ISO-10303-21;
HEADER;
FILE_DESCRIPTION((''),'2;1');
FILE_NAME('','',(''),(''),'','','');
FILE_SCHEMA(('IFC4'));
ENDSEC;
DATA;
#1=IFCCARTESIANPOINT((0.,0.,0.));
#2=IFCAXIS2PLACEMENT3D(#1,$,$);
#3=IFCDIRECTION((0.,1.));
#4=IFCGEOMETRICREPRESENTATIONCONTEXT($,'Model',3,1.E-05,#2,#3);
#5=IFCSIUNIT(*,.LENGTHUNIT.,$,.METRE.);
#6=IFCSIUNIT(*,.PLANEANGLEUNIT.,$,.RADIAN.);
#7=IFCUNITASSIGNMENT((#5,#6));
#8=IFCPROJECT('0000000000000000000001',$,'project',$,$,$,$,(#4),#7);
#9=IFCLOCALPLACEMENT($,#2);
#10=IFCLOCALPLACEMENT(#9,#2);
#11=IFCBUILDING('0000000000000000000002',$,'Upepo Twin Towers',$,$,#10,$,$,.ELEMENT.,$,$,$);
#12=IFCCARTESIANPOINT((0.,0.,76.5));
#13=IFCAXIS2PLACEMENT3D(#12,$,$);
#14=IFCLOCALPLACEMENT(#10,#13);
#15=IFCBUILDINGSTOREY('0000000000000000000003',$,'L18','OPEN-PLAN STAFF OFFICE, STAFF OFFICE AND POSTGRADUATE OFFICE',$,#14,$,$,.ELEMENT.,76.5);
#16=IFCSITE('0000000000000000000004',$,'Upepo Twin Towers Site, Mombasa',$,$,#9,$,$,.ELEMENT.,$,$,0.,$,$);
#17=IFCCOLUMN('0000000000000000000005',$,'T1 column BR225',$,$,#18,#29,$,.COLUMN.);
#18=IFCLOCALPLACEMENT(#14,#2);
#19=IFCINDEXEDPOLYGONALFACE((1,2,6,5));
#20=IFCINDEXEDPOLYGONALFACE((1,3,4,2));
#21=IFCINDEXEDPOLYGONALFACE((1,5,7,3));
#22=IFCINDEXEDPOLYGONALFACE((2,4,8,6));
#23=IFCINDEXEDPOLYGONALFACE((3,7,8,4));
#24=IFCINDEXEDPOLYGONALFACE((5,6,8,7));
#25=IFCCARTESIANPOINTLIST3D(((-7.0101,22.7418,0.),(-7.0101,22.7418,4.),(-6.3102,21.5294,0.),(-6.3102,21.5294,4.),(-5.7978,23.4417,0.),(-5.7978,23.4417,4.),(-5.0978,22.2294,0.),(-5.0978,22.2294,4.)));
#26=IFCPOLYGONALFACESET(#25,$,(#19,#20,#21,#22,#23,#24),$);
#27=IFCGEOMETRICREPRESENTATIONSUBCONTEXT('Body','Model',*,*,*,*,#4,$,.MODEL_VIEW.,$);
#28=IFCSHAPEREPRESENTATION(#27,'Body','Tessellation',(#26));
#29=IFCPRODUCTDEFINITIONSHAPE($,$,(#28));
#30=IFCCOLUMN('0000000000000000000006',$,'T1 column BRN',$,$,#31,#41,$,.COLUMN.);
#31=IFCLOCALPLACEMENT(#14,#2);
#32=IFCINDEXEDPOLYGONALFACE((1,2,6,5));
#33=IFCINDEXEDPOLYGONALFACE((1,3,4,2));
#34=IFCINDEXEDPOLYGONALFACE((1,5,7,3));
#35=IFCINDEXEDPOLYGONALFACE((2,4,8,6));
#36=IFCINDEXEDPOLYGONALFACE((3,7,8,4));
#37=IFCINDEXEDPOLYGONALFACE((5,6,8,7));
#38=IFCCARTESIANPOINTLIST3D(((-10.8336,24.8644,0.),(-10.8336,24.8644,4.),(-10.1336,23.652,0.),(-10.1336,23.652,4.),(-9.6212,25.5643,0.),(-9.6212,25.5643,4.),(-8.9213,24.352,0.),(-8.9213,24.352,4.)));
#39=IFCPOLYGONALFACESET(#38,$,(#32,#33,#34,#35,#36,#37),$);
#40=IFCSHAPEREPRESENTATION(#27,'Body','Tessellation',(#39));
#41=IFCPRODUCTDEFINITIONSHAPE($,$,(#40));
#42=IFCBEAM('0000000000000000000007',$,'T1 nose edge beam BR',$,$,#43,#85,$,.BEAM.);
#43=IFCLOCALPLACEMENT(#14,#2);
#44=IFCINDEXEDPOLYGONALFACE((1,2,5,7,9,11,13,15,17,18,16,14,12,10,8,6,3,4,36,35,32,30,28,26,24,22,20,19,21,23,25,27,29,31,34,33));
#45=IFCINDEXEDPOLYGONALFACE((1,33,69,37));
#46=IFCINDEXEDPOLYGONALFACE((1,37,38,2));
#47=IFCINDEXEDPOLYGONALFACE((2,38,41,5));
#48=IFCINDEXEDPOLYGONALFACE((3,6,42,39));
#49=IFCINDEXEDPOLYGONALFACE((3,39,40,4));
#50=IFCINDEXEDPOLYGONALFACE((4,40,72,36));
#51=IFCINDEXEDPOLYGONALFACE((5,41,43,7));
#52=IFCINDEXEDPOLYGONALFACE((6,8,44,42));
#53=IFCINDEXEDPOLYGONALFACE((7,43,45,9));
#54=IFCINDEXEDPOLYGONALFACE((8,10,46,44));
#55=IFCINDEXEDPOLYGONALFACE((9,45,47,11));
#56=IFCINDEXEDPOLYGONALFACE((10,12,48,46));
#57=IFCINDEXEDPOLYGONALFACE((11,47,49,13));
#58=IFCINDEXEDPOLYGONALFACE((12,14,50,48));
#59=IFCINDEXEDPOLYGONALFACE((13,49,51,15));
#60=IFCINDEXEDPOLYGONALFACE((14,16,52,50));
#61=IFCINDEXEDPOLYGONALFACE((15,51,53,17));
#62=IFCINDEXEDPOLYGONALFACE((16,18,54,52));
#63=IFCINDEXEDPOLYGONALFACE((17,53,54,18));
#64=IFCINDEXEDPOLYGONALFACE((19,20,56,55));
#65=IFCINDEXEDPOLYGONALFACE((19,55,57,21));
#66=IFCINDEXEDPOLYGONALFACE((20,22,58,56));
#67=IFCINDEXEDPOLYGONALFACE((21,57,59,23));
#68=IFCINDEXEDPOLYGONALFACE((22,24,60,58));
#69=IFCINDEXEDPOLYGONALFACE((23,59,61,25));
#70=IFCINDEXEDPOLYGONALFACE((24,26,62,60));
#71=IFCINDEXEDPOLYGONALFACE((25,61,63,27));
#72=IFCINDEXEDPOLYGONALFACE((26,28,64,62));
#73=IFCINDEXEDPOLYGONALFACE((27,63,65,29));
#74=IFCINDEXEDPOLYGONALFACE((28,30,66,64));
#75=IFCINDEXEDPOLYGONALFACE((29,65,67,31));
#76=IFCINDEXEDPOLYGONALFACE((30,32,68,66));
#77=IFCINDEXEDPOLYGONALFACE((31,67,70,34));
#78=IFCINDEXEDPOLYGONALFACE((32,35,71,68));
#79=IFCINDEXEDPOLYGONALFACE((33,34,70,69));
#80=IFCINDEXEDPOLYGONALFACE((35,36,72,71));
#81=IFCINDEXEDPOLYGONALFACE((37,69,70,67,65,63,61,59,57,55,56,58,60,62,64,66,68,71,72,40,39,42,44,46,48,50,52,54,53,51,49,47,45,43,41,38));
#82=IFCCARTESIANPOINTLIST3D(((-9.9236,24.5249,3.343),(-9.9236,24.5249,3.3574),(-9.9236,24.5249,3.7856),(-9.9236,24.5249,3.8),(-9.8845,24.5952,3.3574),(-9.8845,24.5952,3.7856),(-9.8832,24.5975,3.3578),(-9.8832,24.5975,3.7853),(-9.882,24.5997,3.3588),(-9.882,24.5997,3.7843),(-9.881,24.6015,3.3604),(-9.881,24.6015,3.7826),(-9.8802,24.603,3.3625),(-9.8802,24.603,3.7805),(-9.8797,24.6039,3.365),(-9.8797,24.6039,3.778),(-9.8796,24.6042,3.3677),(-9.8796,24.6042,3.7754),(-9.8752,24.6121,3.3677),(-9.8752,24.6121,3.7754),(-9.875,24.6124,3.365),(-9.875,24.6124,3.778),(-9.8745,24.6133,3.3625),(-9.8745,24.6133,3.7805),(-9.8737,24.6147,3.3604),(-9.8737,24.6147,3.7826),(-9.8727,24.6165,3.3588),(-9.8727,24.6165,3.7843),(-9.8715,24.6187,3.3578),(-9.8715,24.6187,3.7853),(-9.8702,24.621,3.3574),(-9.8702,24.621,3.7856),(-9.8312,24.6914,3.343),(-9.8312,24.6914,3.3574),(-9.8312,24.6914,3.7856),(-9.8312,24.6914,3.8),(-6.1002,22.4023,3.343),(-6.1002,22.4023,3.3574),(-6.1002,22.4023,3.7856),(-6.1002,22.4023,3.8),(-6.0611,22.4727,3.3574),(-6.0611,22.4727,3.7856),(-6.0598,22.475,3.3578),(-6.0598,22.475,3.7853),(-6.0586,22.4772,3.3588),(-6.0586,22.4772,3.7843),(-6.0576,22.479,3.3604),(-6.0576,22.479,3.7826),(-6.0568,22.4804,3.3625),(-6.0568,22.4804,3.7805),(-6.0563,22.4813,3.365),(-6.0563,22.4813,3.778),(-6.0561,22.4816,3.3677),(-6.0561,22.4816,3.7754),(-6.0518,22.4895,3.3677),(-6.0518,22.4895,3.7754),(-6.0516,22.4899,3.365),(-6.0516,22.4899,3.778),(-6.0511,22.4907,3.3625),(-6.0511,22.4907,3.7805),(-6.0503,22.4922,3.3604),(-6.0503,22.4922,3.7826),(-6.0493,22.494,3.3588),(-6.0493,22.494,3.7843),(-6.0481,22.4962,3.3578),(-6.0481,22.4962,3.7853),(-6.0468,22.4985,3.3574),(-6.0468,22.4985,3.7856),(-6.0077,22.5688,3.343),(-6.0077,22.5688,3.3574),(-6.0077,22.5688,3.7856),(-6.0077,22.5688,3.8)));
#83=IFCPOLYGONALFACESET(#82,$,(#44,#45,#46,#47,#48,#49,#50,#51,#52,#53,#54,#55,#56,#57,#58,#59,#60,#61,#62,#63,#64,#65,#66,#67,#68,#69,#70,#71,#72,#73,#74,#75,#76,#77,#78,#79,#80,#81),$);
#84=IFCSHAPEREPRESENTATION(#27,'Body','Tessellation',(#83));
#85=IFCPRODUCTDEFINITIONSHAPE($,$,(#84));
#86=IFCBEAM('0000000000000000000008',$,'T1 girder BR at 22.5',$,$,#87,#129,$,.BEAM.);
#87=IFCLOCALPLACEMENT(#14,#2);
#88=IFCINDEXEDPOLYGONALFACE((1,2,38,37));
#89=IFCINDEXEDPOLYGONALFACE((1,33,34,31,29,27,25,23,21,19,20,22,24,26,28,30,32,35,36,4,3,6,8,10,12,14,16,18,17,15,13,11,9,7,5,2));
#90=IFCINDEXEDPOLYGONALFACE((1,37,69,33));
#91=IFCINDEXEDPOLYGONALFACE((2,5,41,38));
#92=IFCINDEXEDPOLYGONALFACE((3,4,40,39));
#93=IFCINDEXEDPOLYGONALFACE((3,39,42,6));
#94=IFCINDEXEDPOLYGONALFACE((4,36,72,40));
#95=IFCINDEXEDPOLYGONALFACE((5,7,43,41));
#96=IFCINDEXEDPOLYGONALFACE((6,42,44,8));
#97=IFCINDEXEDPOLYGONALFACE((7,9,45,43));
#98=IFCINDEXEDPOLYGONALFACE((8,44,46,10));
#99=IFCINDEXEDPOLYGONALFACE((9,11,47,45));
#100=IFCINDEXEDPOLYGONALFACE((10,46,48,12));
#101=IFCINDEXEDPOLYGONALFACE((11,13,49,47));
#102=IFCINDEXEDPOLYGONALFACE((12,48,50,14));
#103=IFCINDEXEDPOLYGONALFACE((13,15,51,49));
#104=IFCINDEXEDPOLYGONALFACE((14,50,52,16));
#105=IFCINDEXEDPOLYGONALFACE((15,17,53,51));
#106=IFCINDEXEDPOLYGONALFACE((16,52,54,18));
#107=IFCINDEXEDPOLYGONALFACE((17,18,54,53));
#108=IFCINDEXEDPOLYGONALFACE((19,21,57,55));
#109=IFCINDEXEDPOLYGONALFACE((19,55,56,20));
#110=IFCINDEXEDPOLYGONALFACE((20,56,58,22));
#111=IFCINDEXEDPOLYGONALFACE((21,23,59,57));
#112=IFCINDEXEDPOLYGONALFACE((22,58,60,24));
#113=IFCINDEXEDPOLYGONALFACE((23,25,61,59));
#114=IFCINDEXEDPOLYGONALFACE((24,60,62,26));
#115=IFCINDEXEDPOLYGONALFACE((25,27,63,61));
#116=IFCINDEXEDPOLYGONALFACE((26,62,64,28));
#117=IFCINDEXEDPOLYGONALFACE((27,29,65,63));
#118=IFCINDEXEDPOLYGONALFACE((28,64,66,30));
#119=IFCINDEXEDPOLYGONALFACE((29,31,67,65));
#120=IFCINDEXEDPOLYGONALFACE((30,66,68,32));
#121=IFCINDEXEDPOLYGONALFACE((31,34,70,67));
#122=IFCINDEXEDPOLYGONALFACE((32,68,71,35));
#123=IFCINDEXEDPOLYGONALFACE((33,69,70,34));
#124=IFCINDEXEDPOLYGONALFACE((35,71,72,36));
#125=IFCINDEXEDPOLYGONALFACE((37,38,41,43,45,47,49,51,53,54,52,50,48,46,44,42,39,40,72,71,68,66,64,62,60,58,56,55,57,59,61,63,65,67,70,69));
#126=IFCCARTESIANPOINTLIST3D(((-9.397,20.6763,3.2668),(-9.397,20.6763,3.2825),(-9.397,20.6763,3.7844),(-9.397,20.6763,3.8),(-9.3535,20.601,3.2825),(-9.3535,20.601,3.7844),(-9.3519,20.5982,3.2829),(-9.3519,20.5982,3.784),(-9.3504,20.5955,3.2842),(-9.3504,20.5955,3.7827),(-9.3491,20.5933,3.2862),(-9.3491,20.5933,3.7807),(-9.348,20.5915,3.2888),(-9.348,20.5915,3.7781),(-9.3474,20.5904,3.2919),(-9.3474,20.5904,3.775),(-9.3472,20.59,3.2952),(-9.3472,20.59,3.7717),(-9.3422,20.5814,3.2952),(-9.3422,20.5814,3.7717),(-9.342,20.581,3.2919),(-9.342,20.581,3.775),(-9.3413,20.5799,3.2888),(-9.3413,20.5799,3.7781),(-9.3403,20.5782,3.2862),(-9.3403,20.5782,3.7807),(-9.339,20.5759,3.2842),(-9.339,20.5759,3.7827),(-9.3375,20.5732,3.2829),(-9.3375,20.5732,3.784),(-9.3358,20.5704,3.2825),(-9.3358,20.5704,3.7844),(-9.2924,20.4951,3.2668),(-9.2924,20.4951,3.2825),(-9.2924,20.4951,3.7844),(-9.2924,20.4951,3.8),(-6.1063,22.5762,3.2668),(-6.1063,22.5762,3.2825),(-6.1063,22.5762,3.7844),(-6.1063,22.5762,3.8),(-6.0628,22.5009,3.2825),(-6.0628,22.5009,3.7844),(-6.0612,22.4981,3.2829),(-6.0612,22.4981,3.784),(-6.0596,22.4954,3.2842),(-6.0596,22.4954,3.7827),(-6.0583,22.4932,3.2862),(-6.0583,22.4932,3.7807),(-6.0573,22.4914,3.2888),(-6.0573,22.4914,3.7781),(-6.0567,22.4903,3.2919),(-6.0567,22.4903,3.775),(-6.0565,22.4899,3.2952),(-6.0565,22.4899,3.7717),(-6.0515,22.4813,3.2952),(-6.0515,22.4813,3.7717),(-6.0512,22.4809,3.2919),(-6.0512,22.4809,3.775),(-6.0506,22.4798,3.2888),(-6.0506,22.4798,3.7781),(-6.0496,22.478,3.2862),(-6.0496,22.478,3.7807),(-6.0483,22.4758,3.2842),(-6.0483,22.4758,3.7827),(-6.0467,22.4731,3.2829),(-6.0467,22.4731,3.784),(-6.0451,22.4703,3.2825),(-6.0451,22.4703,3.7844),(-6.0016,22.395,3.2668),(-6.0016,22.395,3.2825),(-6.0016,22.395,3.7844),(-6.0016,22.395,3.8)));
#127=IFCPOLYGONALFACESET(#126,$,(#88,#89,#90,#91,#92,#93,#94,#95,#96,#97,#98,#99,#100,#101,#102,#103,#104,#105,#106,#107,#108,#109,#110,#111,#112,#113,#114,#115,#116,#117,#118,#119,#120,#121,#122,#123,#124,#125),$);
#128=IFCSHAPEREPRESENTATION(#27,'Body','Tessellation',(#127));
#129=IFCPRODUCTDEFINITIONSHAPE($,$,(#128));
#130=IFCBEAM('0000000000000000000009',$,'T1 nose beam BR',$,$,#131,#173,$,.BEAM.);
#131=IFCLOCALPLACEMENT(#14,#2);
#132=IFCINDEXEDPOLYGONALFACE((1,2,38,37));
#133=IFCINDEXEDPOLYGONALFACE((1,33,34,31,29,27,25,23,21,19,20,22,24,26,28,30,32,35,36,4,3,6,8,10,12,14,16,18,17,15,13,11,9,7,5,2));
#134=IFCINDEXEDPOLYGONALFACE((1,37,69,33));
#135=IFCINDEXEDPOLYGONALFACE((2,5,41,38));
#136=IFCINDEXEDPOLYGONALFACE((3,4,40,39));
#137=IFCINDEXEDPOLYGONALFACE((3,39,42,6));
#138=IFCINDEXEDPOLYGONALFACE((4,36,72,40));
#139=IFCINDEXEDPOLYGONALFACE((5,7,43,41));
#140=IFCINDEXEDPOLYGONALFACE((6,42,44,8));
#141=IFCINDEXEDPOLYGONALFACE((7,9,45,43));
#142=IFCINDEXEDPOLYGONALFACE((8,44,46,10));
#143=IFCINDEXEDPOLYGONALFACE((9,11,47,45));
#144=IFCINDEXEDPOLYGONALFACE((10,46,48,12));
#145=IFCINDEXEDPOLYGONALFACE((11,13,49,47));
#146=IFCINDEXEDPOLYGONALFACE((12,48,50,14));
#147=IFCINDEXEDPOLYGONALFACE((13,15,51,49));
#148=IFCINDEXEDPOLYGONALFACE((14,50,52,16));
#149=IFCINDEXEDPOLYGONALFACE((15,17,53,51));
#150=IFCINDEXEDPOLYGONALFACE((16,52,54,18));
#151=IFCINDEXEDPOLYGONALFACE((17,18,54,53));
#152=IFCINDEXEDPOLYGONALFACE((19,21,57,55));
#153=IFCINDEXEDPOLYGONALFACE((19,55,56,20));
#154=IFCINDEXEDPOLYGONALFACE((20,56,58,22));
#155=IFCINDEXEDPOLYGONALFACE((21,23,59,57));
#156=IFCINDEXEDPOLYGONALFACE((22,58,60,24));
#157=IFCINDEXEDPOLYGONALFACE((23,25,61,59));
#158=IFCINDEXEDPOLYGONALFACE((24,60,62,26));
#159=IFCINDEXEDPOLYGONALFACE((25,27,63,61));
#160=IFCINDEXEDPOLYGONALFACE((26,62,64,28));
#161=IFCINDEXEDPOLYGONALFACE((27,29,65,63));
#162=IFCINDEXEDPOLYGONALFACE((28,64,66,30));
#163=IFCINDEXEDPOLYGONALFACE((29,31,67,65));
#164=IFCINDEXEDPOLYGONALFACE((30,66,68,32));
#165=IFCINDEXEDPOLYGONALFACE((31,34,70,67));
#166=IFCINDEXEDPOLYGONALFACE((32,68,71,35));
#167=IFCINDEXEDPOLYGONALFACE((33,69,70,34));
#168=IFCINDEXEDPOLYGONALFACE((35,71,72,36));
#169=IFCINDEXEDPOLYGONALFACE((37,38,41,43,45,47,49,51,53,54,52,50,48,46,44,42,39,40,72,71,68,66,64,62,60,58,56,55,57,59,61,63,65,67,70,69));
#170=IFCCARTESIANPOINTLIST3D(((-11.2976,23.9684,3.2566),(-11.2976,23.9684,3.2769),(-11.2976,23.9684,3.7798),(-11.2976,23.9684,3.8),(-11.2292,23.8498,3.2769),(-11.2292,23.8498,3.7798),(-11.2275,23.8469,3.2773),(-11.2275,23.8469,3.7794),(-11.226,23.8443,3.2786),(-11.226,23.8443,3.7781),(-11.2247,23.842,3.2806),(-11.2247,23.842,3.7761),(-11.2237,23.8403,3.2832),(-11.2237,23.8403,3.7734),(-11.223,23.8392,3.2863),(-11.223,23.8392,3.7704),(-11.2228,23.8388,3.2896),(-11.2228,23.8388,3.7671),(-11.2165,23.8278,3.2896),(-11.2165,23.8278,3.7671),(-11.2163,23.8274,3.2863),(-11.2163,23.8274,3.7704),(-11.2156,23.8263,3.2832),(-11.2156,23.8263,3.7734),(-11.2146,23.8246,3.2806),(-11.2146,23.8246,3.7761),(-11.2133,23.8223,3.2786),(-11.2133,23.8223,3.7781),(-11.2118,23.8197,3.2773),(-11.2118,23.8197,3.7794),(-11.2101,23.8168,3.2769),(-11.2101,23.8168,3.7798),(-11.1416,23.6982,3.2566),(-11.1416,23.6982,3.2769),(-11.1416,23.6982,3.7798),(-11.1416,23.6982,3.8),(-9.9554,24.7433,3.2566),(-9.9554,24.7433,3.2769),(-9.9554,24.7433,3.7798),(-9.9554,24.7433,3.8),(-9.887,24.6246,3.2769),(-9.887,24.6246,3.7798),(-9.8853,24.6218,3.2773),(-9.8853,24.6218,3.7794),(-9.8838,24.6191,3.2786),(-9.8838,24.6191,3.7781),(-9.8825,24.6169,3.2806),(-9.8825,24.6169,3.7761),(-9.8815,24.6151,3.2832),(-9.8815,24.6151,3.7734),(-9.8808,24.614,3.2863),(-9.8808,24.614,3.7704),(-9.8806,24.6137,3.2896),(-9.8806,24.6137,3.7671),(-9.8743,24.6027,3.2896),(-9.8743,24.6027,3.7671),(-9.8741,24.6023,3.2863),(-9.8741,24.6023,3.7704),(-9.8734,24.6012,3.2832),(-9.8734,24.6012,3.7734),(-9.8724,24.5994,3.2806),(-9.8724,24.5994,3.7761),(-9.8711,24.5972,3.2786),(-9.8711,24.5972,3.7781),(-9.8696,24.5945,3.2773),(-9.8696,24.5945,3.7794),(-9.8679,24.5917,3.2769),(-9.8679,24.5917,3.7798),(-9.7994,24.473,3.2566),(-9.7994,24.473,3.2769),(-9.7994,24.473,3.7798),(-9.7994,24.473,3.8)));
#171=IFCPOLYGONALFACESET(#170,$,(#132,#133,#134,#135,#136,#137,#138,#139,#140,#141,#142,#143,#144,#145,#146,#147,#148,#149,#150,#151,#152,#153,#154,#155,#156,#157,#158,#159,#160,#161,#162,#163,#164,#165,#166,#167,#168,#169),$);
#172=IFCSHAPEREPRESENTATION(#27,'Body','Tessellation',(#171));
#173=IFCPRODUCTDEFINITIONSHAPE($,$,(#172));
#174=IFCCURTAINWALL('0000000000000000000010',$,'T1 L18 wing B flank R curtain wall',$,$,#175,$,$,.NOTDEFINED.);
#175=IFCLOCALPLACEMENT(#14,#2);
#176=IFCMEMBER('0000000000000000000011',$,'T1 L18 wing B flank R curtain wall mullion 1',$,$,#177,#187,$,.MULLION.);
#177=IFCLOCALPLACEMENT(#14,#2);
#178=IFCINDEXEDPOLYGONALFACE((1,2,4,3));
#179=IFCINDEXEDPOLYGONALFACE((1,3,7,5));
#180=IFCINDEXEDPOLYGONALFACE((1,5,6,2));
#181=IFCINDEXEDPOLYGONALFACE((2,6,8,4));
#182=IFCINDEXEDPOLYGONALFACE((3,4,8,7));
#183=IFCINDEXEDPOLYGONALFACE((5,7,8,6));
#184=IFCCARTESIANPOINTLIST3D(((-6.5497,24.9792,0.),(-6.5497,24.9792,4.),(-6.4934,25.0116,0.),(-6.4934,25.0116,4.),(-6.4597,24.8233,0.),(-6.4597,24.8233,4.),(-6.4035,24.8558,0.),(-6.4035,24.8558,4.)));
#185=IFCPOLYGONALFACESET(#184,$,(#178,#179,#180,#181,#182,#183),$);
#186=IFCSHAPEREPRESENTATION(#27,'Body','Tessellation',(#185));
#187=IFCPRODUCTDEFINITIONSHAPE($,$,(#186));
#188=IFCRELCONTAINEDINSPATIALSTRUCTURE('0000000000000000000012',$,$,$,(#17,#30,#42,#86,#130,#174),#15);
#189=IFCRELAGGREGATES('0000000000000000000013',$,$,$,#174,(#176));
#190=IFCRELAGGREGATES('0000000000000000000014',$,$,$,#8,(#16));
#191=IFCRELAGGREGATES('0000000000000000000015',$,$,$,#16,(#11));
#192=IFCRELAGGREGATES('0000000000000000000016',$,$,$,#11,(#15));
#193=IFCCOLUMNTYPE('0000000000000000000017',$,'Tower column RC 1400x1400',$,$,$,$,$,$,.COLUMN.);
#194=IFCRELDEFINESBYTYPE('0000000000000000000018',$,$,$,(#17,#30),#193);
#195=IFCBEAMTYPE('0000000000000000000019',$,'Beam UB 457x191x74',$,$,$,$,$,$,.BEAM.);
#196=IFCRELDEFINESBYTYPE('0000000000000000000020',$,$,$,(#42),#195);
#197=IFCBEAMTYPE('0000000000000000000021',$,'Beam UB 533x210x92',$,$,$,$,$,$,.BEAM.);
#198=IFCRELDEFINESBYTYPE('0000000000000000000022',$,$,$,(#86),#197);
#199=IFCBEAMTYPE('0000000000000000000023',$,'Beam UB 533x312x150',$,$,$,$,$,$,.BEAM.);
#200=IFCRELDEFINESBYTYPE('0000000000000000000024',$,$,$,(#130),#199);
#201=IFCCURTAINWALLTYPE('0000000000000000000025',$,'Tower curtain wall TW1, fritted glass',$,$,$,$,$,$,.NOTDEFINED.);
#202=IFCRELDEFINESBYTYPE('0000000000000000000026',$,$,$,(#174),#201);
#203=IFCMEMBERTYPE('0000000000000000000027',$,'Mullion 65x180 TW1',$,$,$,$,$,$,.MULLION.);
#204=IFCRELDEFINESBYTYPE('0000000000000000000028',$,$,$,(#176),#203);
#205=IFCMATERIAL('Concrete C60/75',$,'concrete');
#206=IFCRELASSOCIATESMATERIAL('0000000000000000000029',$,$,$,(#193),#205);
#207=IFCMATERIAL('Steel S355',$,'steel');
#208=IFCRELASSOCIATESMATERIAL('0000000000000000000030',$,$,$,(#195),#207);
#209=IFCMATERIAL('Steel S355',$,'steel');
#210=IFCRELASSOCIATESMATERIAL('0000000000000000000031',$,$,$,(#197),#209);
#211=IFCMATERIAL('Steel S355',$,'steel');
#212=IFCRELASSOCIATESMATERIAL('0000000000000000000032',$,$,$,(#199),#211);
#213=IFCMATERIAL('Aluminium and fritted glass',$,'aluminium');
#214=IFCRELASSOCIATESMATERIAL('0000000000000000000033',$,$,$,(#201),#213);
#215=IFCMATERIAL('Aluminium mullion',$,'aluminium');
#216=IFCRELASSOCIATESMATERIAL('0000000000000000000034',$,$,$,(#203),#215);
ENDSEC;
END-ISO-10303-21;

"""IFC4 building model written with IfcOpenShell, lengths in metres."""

from ifc_helpers import new_model, si_unit, direction, frame, origin, origin_2d, place, context, subcontext, project, spatial, rectangle, i_section, extrude, material, material_profile, profile_set, type_object, element, aggregate, save


model = new_model("IFC4")

# Units and contexts
model_context = context("Model", 3, precision=1e-05, world=origin(), true_north=direction((0.0, 1.0)))
body_context = subcontext(model_context, "Body", "Model", "MODEL_VIEW")
ifc_project = project(units=[si_unit("LENGTHUNIT", "METRE"), si_unit("PLANEANGLEUNIT", "RADIAN")], contexts=[model_context])

# Site, building, storey
site_placement = place(None, origin())
site = spatial("IfcSite", under=ifc_project, at=site_placement, Name="Upepo Twin Towers Site, Mombasa", CompositionType="ELEMENT", RefElevation=0.0)
building_placement = place(site_placement, origin())
building = spatial("IfcBuilding", under=site, at=building_placement, Name="Upepo Twin Towers", CompositionType="ELEMENT")
storey_placement = place(building_placement, frame((0.0, 0.0, 76.5)))
storey = spatial("IfcBuildingStorey", under=building, at=storey_placement, Name="L18", Description="OPEN-PLAN STAFF OFFICE, STAFF OFFICE AND POSTGRADUATE OFFICE", CompositionType="ELEMENT", Elevation=76.5)

# Columns
ifc_material_1 = material(Name="Concrete C60/75", Category="concrete")
ifc_material_profile_1 = material_profile(ifc_material_1, rectangle(XDim=1.3999, YDim=1.3999, at=origin_2d()), Name="RC 1400x1400")
ifc_profile_set_1 = profile_set([ifc_material_profile_1], Name="Concrete C60/75")
column_type = type_object("IfcColumnType", Name="Tower column RC 1400x1400", PredefinedType="COLUMN", material=ifc_profile_set_1)
for number, where, z_axis, x_axis, name in (
    (1, (-6.054, 22.4856, 0.0), (0.0, 0.0, 1.0), (0.866025, 0.5, 0.0), "T1 column BR225"),
    (2, (-9.8774, 24.6082, 0.0), (0.0, 0.0, 1.0), (0.866025, 0.5, 0.0), "T1 column BRN"),
):
    element("IfcColumn", number, at=place(storey_placement, frame(where, z_axis=z_axis, x_axis=x_axis)), inside=storey, type_object=column_type, Name=name, PredefinedType="COLUMN", context=body_context, shape_type="SweptSolid", body=[
        extrude(rectangle(XDim=1.3999, YDim=1.3999, at=origin_2d()), origin(), (0.0, 0.0, 1.0), 4.0),
    ])

# Beams
ifc_material_2 = material(Name="Steel S355", Category="steel")
ifc_material_profile_2 = material_profile(ifc_material_2, i_section(OverallWidth=0.1904, OverallDepth=0.457, WebThickness=0.009, FlangeThickness=0.0144, FilletRadius=0.0103, at=origin_2d()), Name="UB 457x191x74")
ifc_profile_set_2 = profile_set([ifc_material_profile_2], Name="Steel S355")
beam_type_1 = type_object("IfcBeamType", Name="Beam UB 457x191x74", PredefinedType="BEAM", material=ifc_profile_set_2)
beam_1_placement = place(storey_placement, frame((-6.054, 22.4856, 3.5715), z_axis=(-0.874313, 0.485363, 0.0), x_axis=(-0.485363, -0.874313, 0.0)))
element("IfcBeam", 3, at=beam_1_placement, inside=storey, type_object=beam_type_1, Name="T1 nose edge beam BR", PredefinedType="BEAM", context=body_context, shape_type="SweptSolid", body=[
    extrude(i_section(OverallWidth=0.1904, OverallDepth=0.457, WebThickness=0.009, FlangeThickness=0.0144, FilletRadius=0.0103, at=origin_2d()), origin(), (0.0, 0.0, 1.0), 4.373),
])
ifc_material_3 = material(Name="Steel S355", Category="steel")
ifc_material_profile_3 = material_profile(ifc_material_3, i_section(OverallWidth=0.2092, OverallDepth=0.5332, WebThickness=0.01, FlangeThickness=0.0156, FilletRadius=0.0127, at=origin_2d()), Name="UB 533x210x92")
ifc_profile_set_3 = profile_set([ifc_material_profile_3], Name="Steel S355")
beam_type_2 = type_object("IfcBeamType", Name="Beam UB 533x210x92", PredefinedType="BEAM", material=ifc_profile_set_3)
beam_2_placement = place(storey_placement, frame((-6.054, 22.4856, 3.5334), z_axis=(-0.866028, -0.499995, 0.0), x_axis=(0.499995, -0.866028, 0.0)))
element("IfcBeam", 4, at=beam_2_placement, inside=storey, type_object=beam_type_2, Name="T1 girder BR at 22.5", PredefinedType="BEAM", context=body_context, shape_type="SweptSolid", body=[
    extrude(i_section(OverallWidth=0.2092, OverallDepth=0.5332, WebThickness=0.01, FlangeThickness=0.0156, FilletRadius=0.0127, at=origin_2d()), origin(), (0.0, 0.0, 1.0), 3.7998),
])
ifc_material_4 = material(Name="Steel S355", Category="steel")
ifc_material_profile_4 = material_profile(ifc_material_4, i_section(OverallWidth=0.312, OverallDepth=0.5435, WebThickness=0.0127, FlangeThickness=0.0203, FilletRadius=0.0127, at=origin_2d()), Name="UB 533x312x150")
ifc_profile_set_4 = profile_set([ifc_material_profile_4], Name="Steel S355")
beam_type_3 = type_object("IfcBeamType", Name="Beam UB 533x312x150", PredefinedType="BEAM", material=ifc_profile_set_4)
beam_3_placement = place(storey_placement, frame((-9.8774, 24.6082, 3.5283), z_axis=(-0.866044, -0.499968, 0.0), x_axis=(0.499968, -0.866044, 0.0)))
element("IfcBeam", 5, at=beam_3_placement, inside=storey, type_object=beam_type_3, Name="T1 nose beam BR", PredefinedType="BEAM", context=body_context, shape_type="SweptSolid", body=[
    extrude(i_section(OverallWidth=0.312, OverallDepth=0.5435, WebThickness=0.0127, FlangeThickness=0.0203, FilletRadius=0.0127, at=origin_2d()), origin(), (0.0, 0.0, 1.0), 1.5498),
])

# Curtain wall, member
ifc_material_5 = material(Name="Aluminium and fritted glass", Category="aluminium")
curtain_wall_type = type_object("IfcCurtainWallType", Name="Tower curtain wall TW1, fritted glass", PredefinedType="NOTDEFINED", material=ifc_material_5)
curtain_wall_1_placement = place(storey_placement, origin())
curtain_wall_1 = element("IfcCurtainWall", 6, at=curtain_wall_1_placement, inside=storey, type_object=curtain_wall_type, Name="T1 L18 wing B flank R curtain wall", PredefinedType="NOTDEFINED")
ifc_material_6 = material(Name="Aluminium mullion", Category="aluminium")
ifc_material_profile_5 = material_profile(ifc_material_6, rectangle(XDim=0.0649, YDim=0.1799, at=origin_2d()), Name="MULLION 65x180")
ifc_profile_set_5 = profile_set([ifc_material_profile_5], Name="Aluminium mullion")
member_type_1 = type_object("IfcMemberType", Name="Mullion 65x180 TW1", PredefinedType="MULLION", material=ifc_profile_set_5)
member_1_placement = place(storey_placement, frame((-6.4766, 24.9175, 0.0), z_axis=(0.0, 0.0, 1.0), x_axis=(0.866025, 0.5, 0.0)))
member_1 = element("IfcMember", 7, at=member_1_placement, type_object=member_type_1, Name="T1 L18 wing B flank R curtain wall mullion 1", PredefinedType="MULLION", context=body_context, shape_type="SweptSolid", body=[
    extrude(rectangle(XDim=0.0649, YDim=0.1799, at=origin_2d()), origin(), (0.0, 0.0, 1.0), 4.0),
])

aggregate(curtain_wall_1, [member_1])

save(model, "model.ifc")
